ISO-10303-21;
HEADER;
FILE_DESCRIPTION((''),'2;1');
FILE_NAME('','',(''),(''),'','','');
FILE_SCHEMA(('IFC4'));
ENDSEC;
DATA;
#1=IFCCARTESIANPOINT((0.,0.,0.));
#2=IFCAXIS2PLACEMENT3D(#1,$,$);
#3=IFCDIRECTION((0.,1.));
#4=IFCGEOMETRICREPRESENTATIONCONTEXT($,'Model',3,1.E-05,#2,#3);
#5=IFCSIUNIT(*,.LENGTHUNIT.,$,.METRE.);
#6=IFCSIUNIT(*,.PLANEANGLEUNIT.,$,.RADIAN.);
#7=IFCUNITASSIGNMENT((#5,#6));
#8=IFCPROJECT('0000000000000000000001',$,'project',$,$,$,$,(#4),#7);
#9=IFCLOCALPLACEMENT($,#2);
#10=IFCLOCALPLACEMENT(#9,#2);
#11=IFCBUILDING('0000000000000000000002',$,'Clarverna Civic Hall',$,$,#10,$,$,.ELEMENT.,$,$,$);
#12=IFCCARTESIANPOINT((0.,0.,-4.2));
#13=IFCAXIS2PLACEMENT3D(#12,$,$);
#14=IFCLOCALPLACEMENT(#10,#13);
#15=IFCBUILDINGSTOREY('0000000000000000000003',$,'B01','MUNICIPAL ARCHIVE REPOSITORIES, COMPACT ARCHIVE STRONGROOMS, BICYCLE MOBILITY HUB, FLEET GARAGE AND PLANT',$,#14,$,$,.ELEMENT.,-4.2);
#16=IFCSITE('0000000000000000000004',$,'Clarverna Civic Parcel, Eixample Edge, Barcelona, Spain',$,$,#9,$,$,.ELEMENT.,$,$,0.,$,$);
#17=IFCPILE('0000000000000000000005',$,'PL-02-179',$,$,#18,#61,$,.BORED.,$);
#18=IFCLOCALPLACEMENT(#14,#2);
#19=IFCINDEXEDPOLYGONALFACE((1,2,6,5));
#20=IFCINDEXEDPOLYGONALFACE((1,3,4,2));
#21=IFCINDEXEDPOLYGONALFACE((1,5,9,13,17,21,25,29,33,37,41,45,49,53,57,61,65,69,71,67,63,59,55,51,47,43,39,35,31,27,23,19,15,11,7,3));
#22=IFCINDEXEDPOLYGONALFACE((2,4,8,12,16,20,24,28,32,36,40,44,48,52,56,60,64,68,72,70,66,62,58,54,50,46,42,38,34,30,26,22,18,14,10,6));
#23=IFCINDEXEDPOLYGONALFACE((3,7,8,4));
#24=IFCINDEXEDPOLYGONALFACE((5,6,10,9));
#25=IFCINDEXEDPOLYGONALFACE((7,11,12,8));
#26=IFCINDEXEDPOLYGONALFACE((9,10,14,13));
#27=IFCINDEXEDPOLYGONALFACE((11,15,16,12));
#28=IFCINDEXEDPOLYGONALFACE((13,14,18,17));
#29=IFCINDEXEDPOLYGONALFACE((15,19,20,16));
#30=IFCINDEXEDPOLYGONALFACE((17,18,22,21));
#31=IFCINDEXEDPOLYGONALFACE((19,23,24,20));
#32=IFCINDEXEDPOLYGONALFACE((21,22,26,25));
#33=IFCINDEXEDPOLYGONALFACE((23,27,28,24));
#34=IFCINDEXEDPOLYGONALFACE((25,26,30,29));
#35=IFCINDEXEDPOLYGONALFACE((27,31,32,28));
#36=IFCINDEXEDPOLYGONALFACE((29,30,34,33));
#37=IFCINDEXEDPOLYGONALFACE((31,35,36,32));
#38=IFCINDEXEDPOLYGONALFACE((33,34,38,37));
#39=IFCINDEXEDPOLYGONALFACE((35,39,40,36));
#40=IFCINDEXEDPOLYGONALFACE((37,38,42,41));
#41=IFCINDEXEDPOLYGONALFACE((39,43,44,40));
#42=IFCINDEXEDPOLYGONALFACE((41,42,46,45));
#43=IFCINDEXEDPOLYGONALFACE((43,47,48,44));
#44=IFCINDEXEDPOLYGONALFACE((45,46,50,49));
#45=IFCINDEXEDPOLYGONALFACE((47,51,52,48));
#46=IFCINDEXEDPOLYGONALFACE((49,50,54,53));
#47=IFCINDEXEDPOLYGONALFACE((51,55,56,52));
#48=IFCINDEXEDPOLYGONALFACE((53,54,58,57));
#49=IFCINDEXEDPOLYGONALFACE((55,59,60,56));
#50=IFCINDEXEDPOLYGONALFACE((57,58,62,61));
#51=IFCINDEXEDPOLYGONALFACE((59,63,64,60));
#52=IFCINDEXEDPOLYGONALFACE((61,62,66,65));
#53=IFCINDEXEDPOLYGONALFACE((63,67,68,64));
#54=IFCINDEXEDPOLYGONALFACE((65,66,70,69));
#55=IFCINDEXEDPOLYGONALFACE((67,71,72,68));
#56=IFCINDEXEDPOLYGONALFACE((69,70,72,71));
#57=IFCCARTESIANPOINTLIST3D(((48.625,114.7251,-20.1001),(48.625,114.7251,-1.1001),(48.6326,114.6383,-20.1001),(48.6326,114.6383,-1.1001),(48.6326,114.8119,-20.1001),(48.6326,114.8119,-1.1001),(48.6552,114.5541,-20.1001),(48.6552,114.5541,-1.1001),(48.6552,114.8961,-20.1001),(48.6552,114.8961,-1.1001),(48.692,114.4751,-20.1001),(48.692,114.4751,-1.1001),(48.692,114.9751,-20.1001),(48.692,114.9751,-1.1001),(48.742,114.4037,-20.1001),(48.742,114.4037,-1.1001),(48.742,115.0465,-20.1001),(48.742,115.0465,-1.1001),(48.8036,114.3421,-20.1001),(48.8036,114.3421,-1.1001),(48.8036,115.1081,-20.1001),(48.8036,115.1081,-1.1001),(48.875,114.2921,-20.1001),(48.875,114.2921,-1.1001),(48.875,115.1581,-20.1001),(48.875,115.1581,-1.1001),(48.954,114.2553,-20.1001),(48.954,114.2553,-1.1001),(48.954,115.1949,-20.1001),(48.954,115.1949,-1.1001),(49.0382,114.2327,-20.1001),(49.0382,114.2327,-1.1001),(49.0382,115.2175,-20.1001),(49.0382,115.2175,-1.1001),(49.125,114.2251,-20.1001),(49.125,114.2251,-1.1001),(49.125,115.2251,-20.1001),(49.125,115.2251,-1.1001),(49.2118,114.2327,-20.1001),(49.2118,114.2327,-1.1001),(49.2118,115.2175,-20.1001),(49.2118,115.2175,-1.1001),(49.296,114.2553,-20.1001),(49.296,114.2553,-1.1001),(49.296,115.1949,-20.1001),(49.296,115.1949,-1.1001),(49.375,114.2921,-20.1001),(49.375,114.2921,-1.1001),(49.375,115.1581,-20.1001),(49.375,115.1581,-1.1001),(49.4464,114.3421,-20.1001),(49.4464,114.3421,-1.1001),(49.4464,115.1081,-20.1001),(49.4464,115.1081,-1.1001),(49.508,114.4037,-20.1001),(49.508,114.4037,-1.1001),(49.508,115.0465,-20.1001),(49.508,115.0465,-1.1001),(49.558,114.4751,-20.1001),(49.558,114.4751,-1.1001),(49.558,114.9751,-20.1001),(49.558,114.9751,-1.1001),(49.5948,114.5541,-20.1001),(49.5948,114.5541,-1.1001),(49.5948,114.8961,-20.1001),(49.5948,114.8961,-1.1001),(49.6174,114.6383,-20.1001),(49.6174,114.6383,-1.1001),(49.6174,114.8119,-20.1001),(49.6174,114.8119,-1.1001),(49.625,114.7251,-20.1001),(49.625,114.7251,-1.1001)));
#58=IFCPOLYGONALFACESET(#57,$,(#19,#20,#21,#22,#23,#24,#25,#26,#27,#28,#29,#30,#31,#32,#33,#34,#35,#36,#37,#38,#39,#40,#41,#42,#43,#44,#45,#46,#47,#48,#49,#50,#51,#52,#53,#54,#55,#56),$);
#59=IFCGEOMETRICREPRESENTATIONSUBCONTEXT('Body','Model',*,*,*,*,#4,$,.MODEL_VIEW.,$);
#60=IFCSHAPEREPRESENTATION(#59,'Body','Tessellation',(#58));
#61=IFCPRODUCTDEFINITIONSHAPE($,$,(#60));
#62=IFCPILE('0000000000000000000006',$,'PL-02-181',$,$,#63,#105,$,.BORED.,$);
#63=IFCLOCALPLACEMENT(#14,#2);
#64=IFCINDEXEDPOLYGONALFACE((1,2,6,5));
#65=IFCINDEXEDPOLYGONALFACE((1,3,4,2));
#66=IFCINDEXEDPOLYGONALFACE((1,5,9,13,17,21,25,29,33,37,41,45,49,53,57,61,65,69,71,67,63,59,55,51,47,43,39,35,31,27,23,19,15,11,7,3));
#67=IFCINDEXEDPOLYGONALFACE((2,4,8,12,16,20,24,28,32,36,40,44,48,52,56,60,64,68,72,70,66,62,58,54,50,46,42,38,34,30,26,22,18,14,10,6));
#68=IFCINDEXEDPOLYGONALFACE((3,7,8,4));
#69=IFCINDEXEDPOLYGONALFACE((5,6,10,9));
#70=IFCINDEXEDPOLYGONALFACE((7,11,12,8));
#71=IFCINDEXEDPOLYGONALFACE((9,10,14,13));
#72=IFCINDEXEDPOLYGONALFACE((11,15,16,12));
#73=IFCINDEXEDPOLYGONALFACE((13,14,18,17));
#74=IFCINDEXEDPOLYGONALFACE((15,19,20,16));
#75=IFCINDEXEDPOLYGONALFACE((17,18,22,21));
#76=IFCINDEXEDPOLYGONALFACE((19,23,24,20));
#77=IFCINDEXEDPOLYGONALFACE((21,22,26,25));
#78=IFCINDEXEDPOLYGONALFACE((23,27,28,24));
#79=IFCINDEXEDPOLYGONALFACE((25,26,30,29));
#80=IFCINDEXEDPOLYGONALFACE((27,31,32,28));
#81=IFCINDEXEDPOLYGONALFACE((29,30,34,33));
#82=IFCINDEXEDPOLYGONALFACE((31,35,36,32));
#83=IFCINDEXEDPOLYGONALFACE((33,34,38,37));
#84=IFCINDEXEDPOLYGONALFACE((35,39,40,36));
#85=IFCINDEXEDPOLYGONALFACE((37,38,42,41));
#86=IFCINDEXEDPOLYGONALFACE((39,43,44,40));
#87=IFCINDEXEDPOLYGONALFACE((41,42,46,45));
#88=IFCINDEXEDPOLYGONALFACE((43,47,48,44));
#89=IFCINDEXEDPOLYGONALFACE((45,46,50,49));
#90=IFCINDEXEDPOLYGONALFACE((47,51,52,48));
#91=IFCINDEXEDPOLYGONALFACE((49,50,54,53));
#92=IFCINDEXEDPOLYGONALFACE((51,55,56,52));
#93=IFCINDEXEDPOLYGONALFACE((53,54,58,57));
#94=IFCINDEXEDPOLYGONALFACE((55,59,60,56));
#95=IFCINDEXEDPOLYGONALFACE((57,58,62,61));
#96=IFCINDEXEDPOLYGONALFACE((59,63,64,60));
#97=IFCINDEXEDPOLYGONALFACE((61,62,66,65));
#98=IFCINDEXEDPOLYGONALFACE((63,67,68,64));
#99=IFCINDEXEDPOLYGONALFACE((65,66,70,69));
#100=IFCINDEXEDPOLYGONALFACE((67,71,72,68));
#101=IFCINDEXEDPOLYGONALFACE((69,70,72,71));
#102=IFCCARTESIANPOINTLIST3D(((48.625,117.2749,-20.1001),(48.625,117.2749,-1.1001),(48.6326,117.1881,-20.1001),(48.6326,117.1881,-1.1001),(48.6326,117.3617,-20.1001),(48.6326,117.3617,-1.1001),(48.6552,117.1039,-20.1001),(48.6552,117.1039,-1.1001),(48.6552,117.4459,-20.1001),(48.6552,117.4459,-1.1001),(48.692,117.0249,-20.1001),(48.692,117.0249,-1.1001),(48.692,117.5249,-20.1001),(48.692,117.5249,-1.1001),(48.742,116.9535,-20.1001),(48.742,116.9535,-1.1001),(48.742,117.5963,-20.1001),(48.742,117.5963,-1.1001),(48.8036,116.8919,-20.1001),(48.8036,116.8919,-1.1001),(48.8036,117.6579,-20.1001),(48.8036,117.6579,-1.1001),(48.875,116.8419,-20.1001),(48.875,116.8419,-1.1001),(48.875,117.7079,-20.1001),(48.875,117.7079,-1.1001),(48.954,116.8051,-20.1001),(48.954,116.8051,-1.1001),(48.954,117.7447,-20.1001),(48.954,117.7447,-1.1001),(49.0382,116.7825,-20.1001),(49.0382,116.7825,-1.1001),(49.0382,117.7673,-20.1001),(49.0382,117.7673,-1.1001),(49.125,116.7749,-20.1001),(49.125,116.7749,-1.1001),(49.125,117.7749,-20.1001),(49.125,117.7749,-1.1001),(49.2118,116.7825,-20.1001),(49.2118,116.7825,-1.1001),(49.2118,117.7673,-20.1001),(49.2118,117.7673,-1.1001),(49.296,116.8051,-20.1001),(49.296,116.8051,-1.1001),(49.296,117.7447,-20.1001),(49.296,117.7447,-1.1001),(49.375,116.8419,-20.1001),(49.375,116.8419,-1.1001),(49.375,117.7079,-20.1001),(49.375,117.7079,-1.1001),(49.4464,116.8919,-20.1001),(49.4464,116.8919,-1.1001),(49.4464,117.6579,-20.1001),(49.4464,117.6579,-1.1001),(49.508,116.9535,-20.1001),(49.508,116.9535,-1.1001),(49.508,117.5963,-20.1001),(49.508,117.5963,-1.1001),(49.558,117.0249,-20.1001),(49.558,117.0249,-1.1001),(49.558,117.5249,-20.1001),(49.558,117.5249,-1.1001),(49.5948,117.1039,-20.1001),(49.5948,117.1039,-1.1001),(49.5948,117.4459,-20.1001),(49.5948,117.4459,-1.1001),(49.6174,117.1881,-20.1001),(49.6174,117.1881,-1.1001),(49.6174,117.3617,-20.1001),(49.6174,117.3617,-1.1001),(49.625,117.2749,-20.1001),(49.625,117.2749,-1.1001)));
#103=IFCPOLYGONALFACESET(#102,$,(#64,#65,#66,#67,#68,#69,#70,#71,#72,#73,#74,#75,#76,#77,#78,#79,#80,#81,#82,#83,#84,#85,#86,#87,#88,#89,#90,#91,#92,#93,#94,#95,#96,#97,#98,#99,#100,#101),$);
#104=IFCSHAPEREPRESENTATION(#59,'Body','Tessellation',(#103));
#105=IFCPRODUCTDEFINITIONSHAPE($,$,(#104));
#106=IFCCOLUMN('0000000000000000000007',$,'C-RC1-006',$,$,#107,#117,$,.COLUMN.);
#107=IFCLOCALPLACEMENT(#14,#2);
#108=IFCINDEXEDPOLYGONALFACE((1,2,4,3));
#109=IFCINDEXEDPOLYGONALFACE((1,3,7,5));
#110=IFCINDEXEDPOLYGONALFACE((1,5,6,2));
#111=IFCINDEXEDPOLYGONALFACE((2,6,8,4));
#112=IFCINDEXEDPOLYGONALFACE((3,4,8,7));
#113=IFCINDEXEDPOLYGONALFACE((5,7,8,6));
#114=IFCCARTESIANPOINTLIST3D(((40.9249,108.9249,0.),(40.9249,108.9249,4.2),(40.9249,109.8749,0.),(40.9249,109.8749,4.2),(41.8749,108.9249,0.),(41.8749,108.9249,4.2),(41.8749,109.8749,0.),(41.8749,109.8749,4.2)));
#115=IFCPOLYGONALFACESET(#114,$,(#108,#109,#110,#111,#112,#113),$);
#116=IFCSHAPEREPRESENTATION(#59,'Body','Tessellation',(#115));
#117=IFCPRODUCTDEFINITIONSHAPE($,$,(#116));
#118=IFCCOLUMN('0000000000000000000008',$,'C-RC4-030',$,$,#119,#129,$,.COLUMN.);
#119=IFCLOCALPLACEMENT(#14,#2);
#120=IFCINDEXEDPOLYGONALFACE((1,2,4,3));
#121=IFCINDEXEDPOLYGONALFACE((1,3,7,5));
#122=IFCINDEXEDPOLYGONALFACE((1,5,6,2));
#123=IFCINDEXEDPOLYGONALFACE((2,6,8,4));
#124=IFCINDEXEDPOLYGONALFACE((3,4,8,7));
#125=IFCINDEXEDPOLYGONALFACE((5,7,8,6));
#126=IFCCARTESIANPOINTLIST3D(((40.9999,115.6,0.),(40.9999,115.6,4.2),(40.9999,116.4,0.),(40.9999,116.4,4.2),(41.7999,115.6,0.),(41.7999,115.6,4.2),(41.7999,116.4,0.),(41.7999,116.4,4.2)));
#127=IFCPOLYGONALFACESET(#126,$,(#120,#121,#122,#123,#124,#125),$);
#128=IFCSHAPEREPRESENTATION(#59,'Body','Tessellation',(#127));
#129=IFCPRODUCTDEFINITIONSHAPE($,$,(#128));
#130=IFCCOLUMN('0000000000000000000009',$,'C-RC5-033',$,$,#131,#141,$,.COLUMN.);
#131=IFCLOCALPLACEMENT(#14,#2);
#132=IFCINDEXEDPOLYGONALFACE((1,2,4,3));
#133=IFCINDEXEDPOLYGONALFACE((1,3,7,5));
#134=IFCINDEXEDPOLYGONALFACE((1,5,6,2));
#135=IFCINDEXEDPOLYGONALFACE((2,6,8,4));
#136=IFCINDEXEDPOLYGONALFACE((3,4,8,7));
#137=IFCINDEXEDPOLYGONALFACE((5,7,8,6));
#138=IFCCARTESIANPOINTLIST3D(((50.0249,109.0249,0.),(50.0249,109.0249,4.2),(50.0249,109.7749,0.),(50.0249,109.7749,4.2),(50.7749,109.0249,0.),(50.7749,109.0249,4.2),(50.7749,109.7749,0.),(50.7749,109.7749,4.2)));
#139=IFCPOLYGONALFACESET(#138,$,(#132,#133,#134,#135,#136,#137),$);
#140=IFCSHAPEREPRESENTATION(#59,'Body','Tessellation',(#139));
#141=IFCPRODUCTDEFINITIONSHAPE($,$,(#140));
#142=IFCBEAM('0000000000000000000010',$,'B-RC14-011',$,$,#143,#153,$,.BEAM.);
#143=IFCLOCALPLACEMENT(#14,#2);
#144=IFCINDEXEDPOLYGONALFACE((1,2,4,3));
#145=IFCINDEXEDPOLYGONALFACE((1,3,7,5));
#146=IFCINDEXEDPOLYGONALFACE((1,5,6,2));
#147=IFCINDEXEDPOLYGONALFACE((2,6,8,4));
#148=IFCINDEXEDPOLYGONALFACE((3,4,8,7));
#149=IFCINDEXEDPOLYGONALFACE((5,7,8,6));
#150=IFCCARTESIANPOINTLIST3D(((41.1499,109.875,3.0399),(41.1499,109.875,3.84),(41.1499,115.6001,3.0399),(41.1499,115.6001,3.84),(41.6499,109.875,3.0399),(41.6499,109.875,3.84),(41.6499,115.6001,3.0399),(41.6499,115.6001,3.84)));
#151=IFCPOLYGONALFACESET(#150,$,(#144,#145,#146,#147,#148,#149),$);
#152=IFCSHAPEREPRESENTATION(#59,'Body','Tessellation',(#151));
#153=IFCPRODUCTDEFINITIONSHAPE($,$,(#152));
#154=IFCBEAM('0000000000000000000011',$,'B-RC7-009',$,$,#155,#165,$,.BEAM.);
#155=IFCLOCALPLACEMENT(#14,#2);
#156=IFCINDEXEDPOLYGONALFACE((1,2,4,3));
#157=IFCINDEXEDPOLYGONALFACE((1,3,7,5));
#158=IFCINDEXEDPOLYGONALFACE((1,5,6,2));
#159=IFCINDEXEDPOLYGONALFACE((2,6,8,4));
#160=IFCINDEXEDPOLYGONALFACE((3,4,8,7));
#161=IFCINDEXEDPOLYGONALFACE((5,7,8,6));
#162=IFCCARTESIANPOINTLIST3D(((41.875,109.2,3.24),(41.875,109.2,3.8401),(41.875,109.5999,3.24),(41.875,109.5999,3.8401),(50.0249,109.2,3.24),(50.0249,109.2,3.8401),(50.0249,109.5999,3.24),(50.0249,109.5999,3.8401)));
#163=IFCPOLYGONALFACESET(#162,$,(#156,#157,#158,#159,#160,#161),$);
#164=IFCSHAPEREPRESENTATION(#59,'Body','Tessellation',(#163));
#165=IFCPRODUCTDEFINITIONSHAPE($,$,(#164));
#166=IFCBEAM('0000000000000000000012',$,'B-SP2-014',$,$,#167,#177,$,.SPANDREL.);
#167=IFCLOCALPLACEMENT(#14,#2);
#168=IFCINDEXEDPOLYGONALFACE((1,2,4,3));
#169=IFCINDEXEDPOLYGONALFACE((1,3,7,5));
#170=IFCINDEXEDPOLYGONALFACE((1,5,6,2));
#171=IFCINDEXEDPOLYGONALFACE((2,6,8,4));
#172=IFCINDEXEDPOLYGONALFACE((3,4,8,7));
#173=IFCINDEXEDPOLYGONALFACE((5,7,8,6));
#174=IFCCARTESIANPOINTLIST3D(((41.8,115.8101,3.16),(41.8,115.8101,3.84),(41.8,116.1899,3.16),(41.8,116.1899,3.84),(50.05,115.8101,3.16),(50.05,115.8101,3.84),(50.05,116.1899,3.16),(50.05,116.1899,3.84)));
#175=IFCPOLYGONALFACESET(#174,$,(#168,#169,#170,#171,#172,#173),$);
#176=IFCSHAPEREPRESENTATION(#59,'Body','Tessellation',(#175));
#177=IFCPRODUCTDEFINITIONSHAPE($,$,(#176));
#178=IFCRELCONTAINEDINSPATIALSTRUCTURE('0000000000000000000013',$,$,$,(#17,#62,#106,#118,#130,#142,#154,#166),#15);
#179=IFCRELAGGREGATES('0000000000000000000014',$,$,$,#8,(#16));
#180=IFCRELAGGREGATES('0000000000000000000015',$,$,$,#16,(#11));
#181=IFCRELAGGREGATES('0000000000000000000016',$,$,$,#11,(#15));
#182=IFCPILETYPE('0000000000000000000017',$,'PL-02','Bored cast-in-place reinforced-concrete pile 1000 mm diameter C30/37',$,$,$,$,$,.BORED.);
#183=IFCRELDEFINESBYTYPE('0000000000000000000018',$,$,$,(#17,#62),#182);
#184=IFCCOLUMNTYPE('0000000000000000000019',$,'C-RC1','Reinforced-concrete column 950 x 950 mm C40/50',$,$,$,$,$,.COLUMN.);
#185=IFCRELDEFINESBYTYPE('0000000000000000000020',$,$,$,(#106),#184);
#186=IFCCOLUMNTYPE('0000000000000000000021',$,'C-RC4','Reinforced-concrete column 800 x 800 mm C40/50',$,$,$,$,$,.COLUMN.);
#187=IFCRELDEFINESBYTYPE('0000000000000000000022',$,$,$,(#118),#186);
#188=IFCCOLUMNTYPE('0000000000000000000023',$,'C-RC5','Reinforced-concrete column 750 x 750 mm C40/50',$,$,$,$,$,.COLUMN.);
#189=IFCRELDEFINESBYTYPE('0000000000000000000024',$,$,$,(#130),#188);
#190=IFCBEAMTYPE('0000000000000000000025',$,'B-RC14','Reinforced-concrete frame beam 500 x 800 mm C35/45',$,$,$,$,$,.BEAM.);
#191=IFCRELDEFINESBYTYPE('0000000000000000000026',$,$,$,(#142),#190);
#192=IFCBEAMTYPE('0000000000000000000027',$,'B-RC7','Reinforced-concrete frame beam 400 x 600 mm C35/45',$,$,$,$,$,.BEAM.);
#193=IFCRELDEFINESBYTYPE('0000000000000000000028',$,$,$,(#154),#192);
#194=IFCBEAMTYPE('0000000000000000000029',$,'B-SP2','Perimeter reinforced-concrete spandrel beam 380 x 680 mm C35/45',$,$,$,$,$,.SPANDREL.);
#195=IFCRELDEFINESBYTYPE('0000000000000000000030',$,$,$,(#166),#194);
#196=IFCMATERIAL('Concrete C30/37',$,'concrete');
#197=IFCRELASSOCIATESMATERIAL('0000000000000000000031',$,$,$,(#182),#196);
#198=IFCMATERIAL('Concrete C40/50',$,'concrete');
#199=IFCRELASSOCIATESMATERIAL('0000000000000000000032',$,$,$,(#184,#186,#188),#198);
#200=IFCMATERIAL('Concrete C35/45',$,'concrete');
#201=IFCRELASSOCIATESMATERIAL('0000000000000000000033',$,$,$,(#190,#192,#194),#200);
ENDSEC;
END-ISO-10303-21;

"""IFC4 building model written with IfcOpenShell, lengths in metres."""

from ifc_helpers import new_model, si_unit, direction, frame, origin, origin_2d, place, context, subcontext, project, spatial, rectangle, circle, extrude, material, material_profile, profile_set, type_object, element, save


model = new_model("IFC4")

# Units and contexts
model_context = context("Model", 3, precision=1e-05, world=origin(), true_north=direction((0.0, 1.0)))
body_context = subcontext(model_context, "Body", "Model", "MODEL_VIEW")
ifc_project = project(units=[si_unit("LENGTHUNIT", "METRE"), si_unit("PLANEANGLEUNIT", "RADIAN")], contexts=[model_context])

# Site, building, storey
site_placement = place(None, origin())
site = spatial("IfcSite", under=ifc_project, at=site_placement, Name="Clarverna Civic Parcel, Eixample Edge, Barcelona, Spain", CompositionType="ELEMENT", RefElevation=0.0)
building_placement = place(site_placement, origin())
building = spatial("IfcBuilding", under=site, at=building_placement, Name="Clarverna Civic Hall", CompositionType="ELEMENT")
storey_placement = place(building_placement, frame((0.0, 0.0, -4.2)))
storey = spatial("IfcBuildingStorey", under=building, at=storey_placement, Name="B01", Description="MUNICIPAL ARCHIVE REPOSITORIES, COMPACT ARCHIVE STRONGROOMS, BICYCLE MOBILITY HUB, FLEET GARAGE AND PLANT", CompositionType="ELEMENT", Elevation=-4.2)

# Shared definitions
ifc_material_1 = material(Name="Concrete C30/37", Category="concrete")

# Piles
ifc_material_profile_1 = material_profile(ifc_material_1, circle(Radius=0.5, at=origin_2d()), Name="BORED PILE D1000")
ifc_profile_set_1 = profile_set([ifc_material_profile_1], Name="Concrete C30/37")
pile_type = type_object("IfcPileType", Name="PL-02", Description="Bored cast-in-place reinforced-concrete pile 1000 mm diameter C30/37", PredefinedType="BORED", material=ifc_profile_set_1)
for number, where, z_axis, x_axis, name in (
    (1, (49.125, 114.7251, -1.1001), (0.0, 0.0, -1.0), (1.0, 0.0, 0.0), "PL-02-179"),
    (2, (49.125, 117.2749, -1.1001), (0.0, 0.0, -1.0), (1.0, 0.0, 0.0), "PL-02-181"),
):
    element("IfcPile", number, at=place(storey_placement, frame(where, z_axis=z_axis, x_axis=x_axis)), inside=storey, type_object=pile_type, Name=name, PredefinedType="BORED", context=body_context, shape_type="SweptSolid", body=[
        extrude(circle(Radius=0.5, at=origin_2d()), origin(), (0.0, 0.0, 1.0), 19.0),
    ])

# Columns
ifc_material_2 = material(Name="Concrete C40/50", Category="concrete")
ifc_material_profile_2 = material_profile(ifc_material_2, rectangle(XDim=0.95, YDim=0.95, at=origin_2d()), Name="RC 950x950")
ifc_profile_set_2 = profile_set([ifc_material_profile_2], Name="Concrete C40/50")
column_type_1 = type_object("IfcColumnType", Name="C-RC1", Description="Reinforced-concrete column 950 x 950 mm C40/50", PredefinedType="COLUMN", material=ifc_profile_set_2)
column_1_placement = place(storey_placement, frame((41.3999, 109.3999, 0.0), z_axis=(0.0, 0.0, 1.0), x_axis=(1.0, 0.0, 0.0)))
element("IfcColumn", 3, at=column_1_placement, inside=storey, type_object=column_type_1, Name="C-RC1-006", PredefinedType="COLUMN", context=body_context, shape_type="SweptSolid", body=[
    extrude(rectangle(XDim=0.95, YDim=0.95, at=origin_2d()), origin(), (0.0, 0.0, 1.0), 4.2),
])
ifc_material_profile_3 = material_profile(ifc_material_2, rectangle(XDim=0.8, YDim=0.8, at=origin_2d()), Name="RC 800x800")
ifc_profile_set_3 = profile_set([ifc_material_profile_3], Name="Concrete C40/50")
column_type_2 = type_object("IfcColumnType", Name="C-RC4", Description="Reinforced-concrete column 800 x 800 mm C40/50", PredefinedType="COLUMN", material=ifc_profile_set_3)
column_2_placement = place(storey_placement, frame((41.3999, 116.0, 0.0), z_axis=(0.0, 0.0, 1.0), x_axis=(1.0, 0.0, 0.0)))
element("IfcColumn", 4, at=column_2_placement, inside=storey, type_object=column_type_2, Name="C-RC4-030", PredefinedType="COLUMN", context=body_context, shape_type="SweptSolid", body=[
    extrude(rectangle(XDim=0.8, YDim=0.8, at=origin_2d()), origin(), (0.0, 0.0, 1.0), 4.2),
])
ifc_material_profile_4 = material_profile(ifc_material_2, rectangle(XDim=0.75, YDim=0.75, at=origin_2d()), Name="RC 750x750")
ifc_profile_set_4 = profile_set([ifc_material_profile_4], Name="Concrete C40/50")
column_type_3 = type_object("IfcColumnType", Name="C-RC5", Description="Reinforced-concrete column 750 x 750 mm C40/50", PredefinedType="COLUMN", material=ifc_profile_set_4)
column_3_placement = place(storey_placement, frame((50.3999, 109.3999, 0.0), z_axis=(0.0, 0.0, 1.0), x_axis=(1.0, 0.0, 0.0)))
element("IfcColumn", 5, at=column_3_placement, inside=storey, type_object=column_type_3, Name="C-RC5-033", PredefinedType="COLUMN", context=body_context, shape_type="SweptSolid", body=[
    extrude(rectangle(XDim=0.75, YDim=0.75, at=origin_2d()), origin(), (0.0, 0.0, 1.0), 4.2),
])

# Beams
ifc_material_3 = material(Name="Concrete C35/45", Category="concrete")
ifc_material_profile_5 = material_profile(ifc_material_3, rectangle(XDim=0.5, YDim=0.8, at=origin_2d()), Name="RC 500x800")
ifc_profile_set_5 = profile_set([ifc_material_profile_5], Name="Concrete C35/45")
beam_type_1 = type_object("IfcBeamType", Name="B-RC14", Description="Reinforced-concrete frame beam 500 x 800 mm C35/45", PredefinedType="BEAM", material=ifc_profile_set_5)
beam_1_placement = place(storey_placement, frame((41.3999, 109.875, 3.4399), z_axis=(0.0, 1.0, 0.0), x_axis=(-1.0, 0.0, 0.0)))
element("IfcBeam", 6, at=beam_1_placement, inside=storey, type_object=beam_type_1, Name="B-RC14-011", PredefinedType="BEAM", context=body_context, shape_type="SweptSolid", body=[
    extrude(rectangle(XDim=0.5, YDim=0.8, at=origin_2d()), origin(), (0.0, 0.0, 1.0), 5.7251),
])
ifc_material_profile_6 = material_profile(ifc_material_3, rectangle(XDim=0.3999, YDim=0.6001, at=origin_2d()), Name="RC 400x600")
ifc_profile_set_6 = profile_set([ifc_material_profile_6], Name="Concrete C35/45")
beam_type_2 = type_object("IfcBeamType", Name="B-RC7", Description="Reinforced-concrete frame beam 400 x 600 mm C35/45", PredefinedType="BEAM", material=ifc_profile_set_6)
beam_2_placement = place(storey_placement, frame((41.875, 109.3999, 3.54), z_axis=(1.0, 0.0, 0.0), x_axis=(0.0, 1.0, 0.0)))
element("IfcBeam", 7, at=beam_2_placement, inside=storey, type_object=beam_type_2, Name="B-RC7-009", PredefinedType="BEAM", context=body_context, shape_type="SweptSolid", body=[
    extrude(rectangle(XDim=0.3999, YDim=0.6001, at=origin_2d()), origin(), (0.0, 0.0, 1.0), 8.1499),
])
ifc_material_profile_7 = material_profile(ifc_material_3, rectangle(XDim=0.3799, YDim=0.6799, at=origin_2d()), Name="RC 380x680")
ifc_profile_set_7 = profile_set([ifc_material_profile_7], Name="Concrete C35/45")
beam_type_3 = type_object("IfcBeamType", Name="B-SP2", Description="Perimeter reinforced-concrete spandrel beam 380 x 680 mm C35/45", PredefinedType="SPANDREL", material=ifc_profile_set_7)
beam_3_placement = place(storey_placement, frame((41.8, 116.0, 3.5), z_axis=(1.0, 0.0, 0.0), x_axis=(0.0, 1.0, 0.0)))
element("IfcBeam", 8, at=beam_3_placement, inside=storey, type_object=beam_type_3, Name="B-SP2-014", PredefinedType="SPANDREL", context=body_context, shape_type="SweptSolid", body=[
    extrude(rectangle(XDim=0.3799, YDim=0.6799, at=origin_2d()), origin(), (0.0, 0.0, 1.0), 8.25),
])

save(model, "model.ifc")
